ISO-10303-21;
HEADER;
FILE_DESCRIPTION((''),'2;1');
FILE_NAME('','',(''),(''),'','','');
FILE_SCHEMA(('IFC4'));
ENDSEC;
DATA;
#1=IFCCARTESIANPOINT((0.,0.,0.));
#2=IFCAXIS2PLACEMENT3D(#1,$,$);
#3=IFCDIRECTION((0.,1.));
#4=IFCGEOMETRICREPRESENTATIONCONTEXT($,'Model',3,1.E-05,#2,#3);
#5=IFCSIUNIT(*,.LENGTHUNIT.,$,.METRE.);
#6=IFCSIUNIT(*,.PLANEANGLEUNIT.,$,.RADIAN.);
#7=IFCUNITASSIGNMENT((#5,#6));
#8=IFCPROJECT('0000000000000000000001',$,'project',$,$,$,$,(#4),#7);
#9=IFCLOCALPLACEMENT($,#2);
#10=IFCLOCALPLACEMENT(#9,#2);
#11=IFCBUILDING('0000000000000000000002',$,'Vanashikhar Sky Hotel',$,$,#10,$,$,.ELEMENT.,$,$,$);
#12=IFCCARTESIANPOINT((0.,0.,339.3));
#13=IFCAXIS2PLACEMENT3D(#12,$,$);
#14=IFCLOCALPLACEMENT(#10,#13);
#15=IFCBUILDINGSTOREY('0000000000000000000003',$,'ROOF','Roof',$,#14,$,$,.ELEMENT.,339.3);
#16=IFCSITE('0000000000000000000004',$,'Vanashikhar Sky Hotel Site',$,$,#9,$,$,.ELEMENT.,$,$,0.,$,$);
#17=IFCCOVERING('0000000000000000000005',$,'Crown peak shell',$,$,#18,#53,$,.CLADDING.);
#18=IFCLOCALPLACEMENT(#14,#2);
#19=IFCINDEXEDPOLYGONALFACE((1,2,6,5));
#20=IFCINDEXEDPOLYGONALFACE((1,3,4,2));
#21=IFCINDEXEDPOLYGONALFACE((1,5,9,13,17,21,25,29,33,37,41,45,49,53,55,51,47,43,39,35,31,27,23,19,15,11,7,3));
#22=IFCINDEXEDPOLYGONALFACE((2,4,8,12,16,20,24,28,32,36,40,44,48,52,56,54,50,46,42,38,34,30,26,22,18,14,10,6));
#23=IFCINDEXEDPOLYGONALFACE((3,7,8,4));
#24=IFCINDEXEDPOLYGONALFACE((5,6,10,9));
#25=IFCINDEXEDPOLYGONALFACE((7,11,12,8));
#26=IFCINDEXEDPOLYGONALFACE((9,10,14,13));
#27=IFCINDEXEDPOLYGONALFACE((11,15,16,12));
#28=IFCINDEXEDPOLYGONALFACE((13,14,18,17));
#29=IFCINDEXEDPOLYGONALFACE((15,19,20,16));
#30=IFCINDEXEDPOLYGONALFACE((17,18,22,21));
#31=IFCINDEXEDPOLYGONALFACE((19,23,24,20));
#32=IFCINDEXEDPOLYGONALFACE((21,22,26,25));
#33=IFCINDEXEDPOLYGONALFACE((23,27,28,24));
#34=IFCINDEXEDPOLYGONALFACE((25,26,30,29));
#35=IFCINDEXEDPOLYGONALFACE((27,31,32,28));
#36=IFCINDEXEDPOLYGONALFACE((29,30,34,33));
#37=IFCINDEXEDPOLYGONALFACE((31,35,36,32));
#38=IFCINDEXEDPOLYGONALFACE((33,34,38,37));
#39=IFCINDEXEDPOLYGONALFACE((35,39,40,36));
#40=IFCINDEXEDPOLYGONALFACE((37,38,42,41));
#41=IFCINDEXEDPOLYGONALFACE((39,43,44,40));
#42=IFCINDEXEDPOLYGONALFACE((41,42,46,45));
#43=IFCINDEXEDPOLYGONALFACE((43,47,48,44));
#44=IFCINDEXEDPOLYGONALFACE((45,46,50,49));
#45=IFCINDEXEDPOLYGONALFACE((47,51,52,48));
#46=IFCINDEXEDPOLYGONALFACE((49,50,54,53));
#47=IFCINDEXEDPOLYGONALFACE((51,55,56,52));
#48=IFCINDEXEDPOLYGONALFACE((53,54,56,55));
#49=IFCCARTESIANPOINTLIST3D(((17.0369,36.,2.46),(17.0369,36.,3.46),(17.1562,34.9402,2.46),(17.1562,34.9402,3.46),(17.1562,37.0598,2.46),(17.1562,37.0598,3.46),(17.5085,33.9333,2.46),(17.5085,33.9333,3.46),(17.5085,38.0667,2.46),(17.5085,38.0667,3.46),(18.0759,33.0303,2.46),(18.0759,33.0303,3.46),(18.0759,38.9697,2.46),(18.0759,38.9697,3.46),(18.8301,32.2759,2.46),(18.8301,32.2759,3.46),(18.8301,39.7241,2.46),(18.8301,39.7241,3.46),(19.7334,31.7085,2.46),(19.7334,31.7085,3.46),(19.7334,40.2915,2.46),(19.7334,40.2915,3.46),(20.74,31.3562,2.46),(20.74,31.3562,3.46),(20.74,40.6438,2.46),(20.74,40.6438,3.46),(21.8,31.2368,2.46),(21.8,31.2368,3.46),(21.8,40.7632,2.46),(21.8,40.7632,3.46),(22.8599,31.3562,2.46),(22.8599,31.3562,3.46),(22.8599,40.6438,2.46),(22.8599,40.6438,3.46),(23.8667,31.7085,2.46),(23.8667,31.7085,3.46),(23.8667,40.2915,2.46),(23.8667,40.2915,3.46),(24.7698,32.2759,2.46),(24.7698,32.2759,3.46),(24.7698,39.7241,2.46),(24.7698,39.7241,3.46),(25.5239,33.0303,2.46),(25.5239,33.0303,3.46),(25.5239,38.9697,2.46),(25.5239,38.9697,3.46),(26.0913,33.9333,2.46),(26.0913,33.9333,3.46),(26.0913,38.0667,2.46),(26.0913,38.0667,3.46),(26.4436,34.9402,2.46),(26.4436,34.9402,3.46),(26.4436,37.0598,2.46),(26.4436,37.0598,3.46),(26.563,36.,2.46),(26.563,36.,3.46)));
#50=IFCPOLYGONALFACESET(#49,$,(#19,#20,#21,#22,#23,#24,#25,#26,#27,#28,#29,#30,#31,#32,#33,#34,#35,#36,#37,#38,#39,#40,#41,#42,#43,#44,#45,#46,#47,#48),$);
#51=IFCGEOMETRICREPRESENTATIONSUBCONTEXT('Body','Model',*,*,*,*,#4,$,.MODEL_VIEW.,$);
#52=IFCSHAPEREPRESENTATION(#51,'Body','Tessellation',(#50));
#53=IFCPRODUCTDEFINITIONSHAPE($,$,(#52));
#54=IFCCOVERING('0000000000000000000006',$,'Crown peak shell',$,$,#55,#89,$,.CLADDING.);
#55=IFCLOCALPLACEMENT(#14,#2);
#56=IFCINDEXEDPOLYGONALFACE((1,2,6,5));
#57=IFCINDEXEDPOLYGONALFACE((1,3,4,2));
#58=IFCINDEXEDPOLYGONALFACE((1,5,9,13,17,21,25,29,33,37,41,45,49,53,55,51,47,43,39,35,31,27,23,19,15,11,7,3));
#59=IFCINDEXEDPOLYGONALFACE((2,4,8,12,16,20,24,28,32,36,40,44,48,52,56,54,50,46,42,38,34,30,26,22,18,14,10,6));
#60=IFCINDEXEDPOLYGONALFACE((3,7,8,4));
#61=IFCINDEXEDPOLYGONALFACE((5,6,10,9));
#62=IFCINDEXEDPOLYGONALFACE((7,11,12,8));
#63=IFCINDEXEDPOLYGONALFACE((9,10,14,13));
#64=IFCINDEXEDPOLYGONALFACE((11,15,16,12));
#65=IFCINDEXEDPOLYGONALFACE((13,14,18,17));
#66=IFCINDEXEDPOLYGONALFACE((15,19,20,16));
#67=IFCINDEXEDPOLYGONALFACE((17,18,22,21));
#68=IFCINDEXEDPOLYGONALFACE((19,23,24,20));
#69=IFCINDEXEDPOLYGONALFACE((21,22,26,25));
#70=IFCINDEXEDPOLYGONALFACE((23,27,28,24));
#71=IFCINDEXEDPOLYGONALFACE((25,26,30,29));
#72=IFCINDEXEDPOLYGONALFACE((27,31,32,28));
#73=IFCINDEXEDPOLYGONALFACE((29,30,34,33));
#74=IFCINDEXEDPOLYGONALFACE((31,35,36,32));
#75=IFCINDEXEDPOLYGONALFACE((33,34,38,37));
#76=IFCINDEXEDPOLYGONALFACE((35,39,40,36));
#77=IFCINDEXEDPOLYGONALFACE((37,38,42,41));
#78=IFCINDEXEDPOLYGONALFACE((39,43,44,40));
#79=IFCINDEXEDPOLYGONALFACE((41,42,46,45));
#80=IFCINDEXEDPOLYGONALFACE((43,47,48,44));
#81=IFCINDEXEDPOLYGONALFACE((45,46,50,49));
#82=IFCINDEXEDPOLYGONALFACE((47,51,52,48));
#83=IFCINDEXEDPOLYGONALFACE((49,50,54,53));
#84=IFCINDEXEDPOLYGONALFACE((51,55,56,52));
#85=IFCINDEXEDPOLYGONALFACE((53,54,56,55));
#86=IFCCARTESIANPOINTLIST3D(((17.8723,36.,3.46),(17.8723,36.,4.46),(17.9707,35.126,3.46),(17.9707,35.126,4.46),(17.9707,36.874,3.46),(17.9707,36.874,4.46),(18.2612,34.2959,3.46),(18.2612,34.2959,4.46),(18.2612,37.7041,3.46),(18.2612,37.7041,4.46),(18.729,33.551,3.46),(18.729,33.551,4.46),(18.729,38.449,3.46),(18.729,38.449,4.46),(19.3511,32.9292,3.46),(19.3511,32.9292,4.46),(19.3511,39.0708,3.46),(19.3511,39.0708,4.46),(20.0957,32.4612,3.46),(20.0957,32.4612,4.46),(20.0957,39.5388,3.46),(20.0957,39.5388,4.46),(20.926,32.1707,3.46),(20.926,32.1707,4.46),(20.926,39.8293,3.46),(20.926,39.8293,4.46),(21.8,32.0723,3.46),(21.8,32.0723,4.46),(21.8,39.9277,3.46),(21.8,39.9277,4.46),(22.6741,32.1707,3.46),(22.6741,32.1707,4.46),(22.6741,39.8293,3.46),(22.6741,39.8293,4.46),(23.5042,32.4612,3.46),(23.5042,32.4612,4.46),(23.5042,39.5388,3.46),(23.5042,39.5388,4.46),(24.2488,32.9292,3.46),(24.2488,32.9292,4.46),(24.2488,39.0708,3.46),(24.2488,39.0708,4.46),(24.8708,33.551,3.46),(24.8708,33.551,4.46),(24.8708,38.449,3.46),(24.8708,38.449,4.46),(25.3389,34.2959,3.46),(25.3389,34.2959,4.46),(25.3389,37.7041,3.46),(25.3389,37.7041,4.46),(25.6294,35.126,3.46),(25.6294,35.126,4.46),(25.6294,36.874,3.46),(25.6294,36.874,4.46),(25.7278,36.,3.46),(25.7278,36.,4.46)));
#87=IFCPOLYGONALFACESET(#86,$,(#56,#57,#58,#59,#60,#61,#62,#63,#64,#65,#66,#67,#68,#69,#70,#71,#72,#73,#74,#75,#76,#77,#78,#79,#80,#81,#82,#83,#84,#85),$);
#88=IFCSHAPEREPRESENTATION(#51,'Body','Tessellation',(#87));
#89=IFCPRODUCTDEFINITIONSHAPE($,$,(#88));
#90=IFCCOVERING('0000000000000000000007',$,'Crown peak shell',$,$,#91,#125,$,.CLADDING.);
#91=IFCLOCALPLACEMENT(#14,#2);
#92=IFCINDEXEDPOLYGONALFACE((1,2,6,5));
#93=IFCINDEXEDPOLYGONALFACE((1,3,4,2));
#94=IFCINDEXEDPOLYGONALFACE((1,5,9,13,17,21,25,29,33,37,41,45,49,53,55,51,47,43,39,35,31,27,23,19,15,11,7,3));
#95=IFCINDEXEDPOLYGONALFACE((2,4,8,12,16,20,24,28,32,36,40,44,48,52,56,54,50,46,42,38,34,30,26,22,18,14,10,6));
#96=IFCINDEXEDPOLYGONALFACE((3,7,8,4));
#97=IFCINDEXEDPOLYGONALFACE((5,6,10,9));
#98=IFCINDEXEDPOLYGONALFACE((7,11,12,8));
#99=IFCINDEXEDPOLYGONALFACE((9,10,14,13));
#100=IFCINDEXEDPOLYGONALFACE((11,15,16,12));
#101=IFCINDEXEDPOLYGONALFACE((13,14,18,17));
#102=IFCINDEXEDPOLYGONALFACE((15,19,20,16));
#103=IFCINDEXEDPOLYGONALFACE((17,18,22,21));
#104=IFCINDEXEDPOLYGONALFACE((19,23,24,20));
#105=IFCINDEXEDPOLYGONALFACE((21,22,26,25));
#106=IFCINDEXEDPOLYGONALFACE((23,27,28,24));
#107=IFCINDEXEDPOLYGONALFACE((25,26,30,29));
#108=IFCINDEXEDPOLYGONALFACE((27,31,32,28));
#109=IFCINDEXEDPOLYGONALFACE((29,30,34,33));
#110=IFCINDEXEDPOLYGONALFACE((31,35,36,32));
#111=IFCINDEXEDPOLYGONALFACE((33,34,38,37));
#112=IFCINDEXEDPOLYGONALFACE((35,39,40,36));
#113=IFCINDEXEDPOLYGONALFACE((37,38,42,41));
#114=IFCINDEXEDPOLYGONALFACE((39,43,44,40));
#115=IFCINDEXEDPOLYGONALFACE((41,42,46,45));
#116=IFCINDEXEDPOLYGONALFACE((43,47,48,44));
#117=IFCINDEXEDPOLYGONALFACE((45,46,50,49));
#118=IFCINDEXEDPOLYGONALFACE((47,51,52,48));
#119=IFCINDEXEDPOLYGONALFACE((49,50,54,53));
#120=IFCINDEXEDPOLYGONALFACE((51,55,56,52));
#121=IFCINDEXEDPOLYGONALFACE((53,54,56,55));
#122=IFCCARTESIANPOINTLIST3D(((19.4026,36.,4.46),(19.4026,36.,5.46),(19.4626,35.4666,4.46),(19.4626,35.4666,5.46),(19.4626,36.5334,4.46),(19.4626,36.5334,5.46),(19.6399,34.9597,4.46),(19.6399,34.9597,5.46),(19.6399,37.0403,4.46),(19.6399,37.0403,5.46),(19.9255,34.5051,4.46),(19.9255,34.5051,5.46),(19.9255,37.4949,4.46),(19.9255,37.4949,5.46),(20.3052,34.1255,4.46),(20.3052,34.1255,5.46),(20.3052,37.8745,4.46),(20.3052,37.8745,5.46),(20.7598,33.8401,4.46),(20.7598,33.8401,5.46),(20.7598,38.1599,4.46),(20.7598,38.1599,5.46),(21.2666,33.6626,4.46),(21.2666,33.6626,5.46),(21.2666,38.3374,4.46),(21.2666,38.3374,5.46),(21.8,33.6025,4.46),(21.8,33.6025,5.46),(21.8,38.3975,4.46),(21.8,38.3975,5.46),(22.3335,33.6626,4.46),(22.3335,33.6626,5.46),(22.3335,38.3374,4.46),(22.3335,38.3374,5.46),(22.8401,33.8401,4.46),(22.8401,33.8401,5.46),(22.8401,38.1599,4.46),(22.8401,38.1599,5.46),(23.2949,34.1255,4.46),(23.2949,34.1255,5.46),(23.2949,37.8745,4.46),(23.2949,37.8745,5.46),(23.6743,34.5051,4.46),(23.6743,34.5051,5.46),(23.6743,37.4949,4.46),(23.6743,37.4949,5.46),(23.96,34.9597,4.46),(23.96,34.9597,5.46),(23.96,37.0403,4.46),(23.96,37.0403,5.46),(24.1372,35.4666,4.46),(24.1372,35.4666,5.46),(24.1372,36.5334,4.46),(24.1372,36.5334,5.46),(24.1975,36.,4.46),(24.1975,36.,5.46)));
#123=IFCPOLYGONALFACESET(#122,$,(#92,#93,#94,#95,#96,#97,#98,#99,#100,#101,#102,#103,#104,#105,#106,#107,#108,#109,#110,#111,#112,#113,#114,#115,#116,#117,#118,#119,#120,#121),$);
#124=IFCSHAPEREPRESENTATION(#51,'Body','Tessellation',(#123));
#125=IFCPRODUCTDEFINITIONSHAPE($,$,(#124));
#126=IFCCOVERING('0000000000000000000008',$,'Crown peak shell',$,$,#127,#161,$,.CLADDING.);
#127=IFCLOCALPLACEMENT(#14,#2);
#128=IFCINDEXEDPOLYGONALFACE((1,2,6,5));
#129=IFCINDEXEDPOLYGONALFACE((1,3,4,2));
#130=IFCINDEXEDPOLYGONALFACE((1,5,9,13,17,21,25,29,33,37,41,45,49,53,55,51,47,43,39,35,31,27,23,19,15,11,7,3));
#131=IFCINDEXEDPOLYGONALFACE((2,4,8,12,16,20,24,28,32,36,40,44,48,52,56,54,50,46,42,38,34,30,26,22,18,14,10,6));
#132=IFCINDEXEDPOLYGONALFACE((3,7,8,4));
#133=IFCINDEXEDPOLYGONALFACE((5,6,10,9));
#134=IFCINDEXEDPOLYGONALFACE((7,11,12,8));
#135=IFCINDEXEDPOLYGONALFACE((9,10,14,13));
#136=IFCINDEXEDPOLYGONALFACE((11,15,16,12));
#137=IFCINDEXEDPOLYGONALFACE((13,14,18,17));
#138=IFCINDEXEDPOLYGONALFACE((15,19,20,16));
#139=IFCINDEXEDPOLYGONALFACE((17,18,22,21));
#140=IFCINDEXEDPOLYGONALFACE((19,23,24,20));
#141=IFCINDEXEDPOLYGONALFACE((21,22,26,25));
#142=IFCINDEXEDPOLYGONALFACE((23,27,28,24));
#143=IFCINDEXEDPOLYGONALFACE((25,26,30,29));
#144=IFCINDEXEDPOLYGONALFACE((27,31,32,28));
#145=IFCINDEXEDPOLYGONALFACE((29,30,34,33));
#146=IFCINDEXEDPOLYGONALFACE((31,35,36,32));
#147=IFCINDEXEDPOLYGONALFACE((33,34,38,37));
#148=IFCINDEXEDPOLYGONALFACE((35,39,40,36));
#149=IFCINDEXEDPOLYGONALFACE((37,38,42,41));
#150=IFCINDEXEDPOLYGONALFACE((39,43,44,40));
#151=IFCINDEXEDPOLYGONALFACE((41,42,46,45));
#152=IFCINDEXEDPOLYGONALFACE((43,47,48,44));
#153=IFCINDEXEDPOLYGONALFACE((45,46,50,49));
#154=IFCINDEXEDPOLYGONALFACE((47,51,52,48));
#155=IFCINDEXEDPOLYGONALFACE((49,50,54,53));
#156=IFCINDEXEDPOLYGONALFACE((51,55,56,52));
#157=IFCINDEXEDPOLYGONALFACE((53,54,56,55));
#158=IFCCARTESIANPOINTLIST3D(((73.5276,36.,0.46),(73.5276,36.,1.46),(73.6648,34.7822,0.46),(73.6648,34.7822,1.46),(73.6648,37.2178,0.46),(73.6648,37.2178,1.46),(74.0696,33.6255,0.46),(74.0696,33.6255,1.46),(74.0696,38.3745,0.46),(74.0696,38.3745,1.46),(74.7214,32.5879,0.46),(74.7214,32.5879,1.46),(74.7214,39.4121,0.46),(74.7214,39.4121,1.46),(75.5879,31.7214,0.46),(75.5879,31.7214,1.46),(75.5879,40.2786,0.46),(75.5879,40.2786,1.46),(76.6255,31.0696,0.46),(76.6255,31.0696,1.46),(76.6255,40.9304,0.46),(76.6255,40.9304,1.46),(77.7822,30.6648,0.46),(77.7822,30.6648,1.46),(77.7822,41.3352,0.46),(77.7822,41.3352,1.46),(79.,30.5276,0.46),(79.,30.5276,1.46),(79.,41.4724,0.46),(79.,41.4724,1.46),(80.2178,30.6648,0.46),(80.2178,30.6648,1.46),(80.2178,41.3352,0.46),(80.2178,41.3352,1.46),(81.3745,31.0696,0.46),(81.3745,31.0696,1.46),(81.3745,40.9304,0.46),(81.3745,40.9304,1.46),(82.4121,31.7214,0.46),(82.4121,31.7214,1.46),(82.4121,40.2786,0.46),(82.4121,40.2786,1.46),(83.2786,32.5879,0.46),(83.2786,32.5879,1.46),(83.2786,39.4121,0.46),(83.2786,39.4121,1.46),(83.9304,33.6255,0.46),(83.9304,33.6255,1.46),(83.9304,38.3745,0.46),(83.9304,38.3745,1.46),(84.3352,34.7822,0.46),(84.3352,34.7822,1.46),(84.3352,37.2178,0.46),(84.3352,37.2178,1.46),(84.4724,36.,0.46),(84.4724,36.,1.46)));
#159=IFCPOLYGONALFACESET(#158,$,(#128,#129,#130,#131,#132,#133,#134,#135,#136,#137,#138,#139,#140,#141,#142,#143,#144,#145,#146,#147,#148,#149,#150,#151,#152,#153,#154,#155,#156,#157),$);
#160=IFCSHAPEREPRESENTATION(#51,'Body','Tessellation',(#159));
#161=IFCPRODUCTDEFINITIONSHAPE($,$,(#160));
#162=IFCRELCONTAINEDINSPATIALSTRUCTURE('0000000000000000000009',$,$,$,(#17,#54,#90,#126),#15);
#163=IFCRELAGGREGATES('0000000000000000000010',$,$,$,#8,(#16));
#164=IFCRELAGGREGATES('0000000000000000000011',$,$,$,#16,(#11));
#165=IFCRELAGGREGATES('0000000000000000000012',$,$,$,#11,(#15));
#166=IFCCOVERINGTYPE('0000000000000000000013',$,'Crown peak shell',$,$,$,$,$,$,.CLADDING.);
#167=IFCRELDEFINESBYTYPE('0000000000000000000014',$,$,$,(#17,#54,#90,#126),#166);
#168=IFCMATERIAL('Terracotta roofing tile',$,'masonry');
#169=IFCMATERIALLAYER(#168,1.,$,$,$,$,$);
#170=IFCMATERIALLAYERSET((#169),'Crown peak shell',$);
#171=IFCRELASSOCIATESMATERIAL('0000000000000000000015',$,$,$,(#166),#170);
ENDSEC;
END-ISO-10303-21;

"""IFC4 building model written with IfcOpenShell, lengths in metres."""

from ifc_helpers import new_model, si_unit, direction, frame, origin, place, context, subcontext, project, spatial, polyline, outline, extrude, source, transform, mapped, material, layer, layer_set, type_object, element, save


model = new_model("IFC4")

# Units and contexts
model_context = context("Model", 3, precision=1e-05, world=origin(), true_north=direction((0.0, 1.0)))
body_context = subcontext(model_context, "Body", "Model", "MODEL_VIEW")
ifc_project = project(units=[si_unit("LENGTHUNIT", "METRE"), si_unit("PLANEANGLEUNIT", "RADIAN")], contexts=[model_context])

# Site, building, storey
site_placement = place(None, origin())
site = spatial("IfcSite", under=ifc_project, at=site_placement, Name="Vanashikhar Sky Hotel Site", CompositionType="ELEMENT", RefElevation=0.0)
building_placement = place(site_placement, origin())
building = spatial("IfcBuilding", under=site, at=building_placement, Name="Vanashikhar Sky Hotel", CompositionType="ELEMENT")
storey_placement = place(building_placement, frame((0.0, 0.0, 339.3)))
storey = spatial("IfcBuildingStorey", under=building, at=storey_placement, Name="ROOF", Description="Roof", CompositionType="ELEMENT", Elevation=339.3)

# Coverings
ifc_material_1 = material(Name="Terracotta roofing tile", Category="masonry")
ifc_layer_1 = layer(ifc_material_1, 1.0)
ifc_layer_set_1 = layer_set([ifc_layer_1], Name="Crown peak shell")
covering_type_1 = type_object("IfcCoveringType", Name="Crown peak shell", PredefinedType="CLADDING", material=ifc_layer_set_1)
shared_shape_1 = source(origin(), body_context, "Body", "SweptSolid", [
    extrude(outline(polyline([(26.563, 36.0), (26.4436, 37.0598), (26.0913, 38.0667), (25.5239, 38.9697), (24.7698, 39.7241), (23.8667, 40.2915), (22.8599, 40.6438), (21.8, 40.7632), (20.74, 40.6438), (19.7334, 40.2915), (18.8301, 39.7241), (18.0759, 38.9697), (17.5085, 38.0667), (17.1562, 37.0598), (17.0369, 36.0), (17.1562, 34.9402), (17.5085, 33.9333), (18.0759, 33.0303), (18.8301, 32.2759), (19.7334, 31.7085), (20.74, 31.3562), (21.8, 31.2368), (22.8599, 31.3562), (23.8667, 31.7085), (24.7698, 32.2759), (25.5239, 33.0303), (26.0913, 33.9333), (26.4436, 34.9402), (26.563, 36.0)])), origin(), (0.0, 0.0, 1.0), 1.0),
])
covering_1_placement = place(storey_placement, frame((0.0, 0.0, 2.46)))
element("IfcCovering", 1, at=covering_1_placement, inside=storey, type_object=covering_type_1, Name="Crown peak shell", PredefinedType="CLADDING", context=body_context, shape_type="MappedRepresentation", body=[
    mapped(shared_shape_1, transform((0.0, 0.0, 0.0), scale=1.0)),
])
shared_shape_2 = source(origin(), body_context, "Body", "SweptSolid", [
    extrude(outline(polyline([(25.7278, 36.0), (25.6294, 36.874), (25.3389, 37.7041), (24.8708, 38.449), (24.2488, 39.0708), (23.5042, 39.5388), (22.6741, 39.8293), (21.8, 39.9277), (20.926, 39.8293), (20.0957, 39.5388), (19.3511, 39.0708), (18.729, 38.449), (18.2612, 37.7041), (17.9707, 36.874), (17.8723, 36.0), (17.9707, 35.126), (18.2612, 34.2959), (18.729, 33.551), (19.3511, 32.9292), (20.0957, 32.4612), (20.926, 32.1707), (21.8, 32.0723), (22.6741, 32.1707), (23.5042, 32.4612), (24.2488, 32.9292), (24.8708, 33.551), (25.3389, 34.2959), (25.6294, 35.126), (25.7278, 36.0)])), origin(), (0.0, 0.0, 1.0), 1.0),
])
covering_2_placement = place(storey_placement, frame((0.0, 0.0, 3.46)))
element("IfcCovering", 2, at=covering_2_placement, inside=storey, type_object=covering_type_1, Name="Crown peak shell", PredefinedType="CLADDING", context=body_context, shape_type="MappedRepresentation", body=[
    mapped(shared_shape_2, transform((0.0, 0.0, 0.0), scale=1.0)),
])
shared_shape_3 = source(origin(), body_context, "Body", "SweptSolid", [
    extrude(outline(polyline([(24.1975, 36.0), (24.1372, 36.5334), (23.96, 37.0403), (23.6743, 37.4949), (23.2949, 37.8745), (22.8401, 38.1599), (22.3335, 38.3374), (21.8, 38.3975), (21.2666, 38.3374), (20.7598, 38.1599), (20.3052, 37.8745), (19.9255, 37.4949), (19.6399, 37.0403), (19.4626, 36.5334), (19.4026, 36.0), (19.4626, 35.4666), (19.6399, 34.9597), (19.9255, 34.5051), (20.3052, 34.1255), (20.7598, 33.8401), (21.2666, 33.6626), (21.8, 33.6025), (22.3335, 33.6626), (22.8401, 33.8401), (23.2949, 34.1255), (23.6743, 34.5051), (23.96, 34.9597), (24.1372, 35.4666), (24.1975, 36.0)])), origin(), (0.0, 0.0, 1.0), 1.0),
])
covering_3_placement = place(storey_placement, frame((0.0, 0.0, 4.46)))
element("IfcCovering", 3, at=covering_3_placement, inside=storey, type_object=covering_type_1, Name="Crown peak shell", PredefinedType="CLADDING", context=body_context, shape_type="MappedRepresentation", body=[
    mapped(shared_shape_3, transform((0.0, 0.0, 0.0), scale=1.0)),
])
shared_shape_4 = source(origin(), body_context, "Body", "SweptSolid", [
    extrude(outline(polyline([(84.4724, 36.0), (84.3352, 37.2178), (83.9304, 38.3745), (83.2786, 39.4121), (82.4121, 40.2786), (81.3745, 40.9304), (80.2178, 41.3352), (79.0, 41.4724), (77.7822, 41.3352), (76.6255, 40.9304), (75.5879, 40.2786), (74.7214, 39.4121), (74.0696, 38.3745), (73.6648, 37.2178), (73.5276, 36.0), (73.6648, 34.7822), (74.0696, 33.6255), (74.7214, 32.5879), (75.5879, 31.7214), (76.6255, 31.0696), (77.7822, 30.6648), (79.0, 30.5276), (80.2178, 30.6648), (81.3745, 31.0696), (82.4121, 31.7214), (83.2786, 32.5879), (83.9304, 33.6255), (84.3352, 34.7822), (84.4724, 36.0)])), origin(), (0.0, 0.0, 1.0), 1.0),
])
covering_4_placement = place(storey_placement, frame((0.0, 0.0, 0.46)))
element("IfcCovering", 4, at=covering_4_placement, inside=storey, type_object=covering_type_1, Name="Crown peak shell", PredefinedType="CLADDING", context=body_context, shape_type="MappedRepresentation", body=[
    mapped(shared_shape_4, transform((0.0, 0.0, 0.0), scale=1.0)),
])

save(model, "model.ifc")
